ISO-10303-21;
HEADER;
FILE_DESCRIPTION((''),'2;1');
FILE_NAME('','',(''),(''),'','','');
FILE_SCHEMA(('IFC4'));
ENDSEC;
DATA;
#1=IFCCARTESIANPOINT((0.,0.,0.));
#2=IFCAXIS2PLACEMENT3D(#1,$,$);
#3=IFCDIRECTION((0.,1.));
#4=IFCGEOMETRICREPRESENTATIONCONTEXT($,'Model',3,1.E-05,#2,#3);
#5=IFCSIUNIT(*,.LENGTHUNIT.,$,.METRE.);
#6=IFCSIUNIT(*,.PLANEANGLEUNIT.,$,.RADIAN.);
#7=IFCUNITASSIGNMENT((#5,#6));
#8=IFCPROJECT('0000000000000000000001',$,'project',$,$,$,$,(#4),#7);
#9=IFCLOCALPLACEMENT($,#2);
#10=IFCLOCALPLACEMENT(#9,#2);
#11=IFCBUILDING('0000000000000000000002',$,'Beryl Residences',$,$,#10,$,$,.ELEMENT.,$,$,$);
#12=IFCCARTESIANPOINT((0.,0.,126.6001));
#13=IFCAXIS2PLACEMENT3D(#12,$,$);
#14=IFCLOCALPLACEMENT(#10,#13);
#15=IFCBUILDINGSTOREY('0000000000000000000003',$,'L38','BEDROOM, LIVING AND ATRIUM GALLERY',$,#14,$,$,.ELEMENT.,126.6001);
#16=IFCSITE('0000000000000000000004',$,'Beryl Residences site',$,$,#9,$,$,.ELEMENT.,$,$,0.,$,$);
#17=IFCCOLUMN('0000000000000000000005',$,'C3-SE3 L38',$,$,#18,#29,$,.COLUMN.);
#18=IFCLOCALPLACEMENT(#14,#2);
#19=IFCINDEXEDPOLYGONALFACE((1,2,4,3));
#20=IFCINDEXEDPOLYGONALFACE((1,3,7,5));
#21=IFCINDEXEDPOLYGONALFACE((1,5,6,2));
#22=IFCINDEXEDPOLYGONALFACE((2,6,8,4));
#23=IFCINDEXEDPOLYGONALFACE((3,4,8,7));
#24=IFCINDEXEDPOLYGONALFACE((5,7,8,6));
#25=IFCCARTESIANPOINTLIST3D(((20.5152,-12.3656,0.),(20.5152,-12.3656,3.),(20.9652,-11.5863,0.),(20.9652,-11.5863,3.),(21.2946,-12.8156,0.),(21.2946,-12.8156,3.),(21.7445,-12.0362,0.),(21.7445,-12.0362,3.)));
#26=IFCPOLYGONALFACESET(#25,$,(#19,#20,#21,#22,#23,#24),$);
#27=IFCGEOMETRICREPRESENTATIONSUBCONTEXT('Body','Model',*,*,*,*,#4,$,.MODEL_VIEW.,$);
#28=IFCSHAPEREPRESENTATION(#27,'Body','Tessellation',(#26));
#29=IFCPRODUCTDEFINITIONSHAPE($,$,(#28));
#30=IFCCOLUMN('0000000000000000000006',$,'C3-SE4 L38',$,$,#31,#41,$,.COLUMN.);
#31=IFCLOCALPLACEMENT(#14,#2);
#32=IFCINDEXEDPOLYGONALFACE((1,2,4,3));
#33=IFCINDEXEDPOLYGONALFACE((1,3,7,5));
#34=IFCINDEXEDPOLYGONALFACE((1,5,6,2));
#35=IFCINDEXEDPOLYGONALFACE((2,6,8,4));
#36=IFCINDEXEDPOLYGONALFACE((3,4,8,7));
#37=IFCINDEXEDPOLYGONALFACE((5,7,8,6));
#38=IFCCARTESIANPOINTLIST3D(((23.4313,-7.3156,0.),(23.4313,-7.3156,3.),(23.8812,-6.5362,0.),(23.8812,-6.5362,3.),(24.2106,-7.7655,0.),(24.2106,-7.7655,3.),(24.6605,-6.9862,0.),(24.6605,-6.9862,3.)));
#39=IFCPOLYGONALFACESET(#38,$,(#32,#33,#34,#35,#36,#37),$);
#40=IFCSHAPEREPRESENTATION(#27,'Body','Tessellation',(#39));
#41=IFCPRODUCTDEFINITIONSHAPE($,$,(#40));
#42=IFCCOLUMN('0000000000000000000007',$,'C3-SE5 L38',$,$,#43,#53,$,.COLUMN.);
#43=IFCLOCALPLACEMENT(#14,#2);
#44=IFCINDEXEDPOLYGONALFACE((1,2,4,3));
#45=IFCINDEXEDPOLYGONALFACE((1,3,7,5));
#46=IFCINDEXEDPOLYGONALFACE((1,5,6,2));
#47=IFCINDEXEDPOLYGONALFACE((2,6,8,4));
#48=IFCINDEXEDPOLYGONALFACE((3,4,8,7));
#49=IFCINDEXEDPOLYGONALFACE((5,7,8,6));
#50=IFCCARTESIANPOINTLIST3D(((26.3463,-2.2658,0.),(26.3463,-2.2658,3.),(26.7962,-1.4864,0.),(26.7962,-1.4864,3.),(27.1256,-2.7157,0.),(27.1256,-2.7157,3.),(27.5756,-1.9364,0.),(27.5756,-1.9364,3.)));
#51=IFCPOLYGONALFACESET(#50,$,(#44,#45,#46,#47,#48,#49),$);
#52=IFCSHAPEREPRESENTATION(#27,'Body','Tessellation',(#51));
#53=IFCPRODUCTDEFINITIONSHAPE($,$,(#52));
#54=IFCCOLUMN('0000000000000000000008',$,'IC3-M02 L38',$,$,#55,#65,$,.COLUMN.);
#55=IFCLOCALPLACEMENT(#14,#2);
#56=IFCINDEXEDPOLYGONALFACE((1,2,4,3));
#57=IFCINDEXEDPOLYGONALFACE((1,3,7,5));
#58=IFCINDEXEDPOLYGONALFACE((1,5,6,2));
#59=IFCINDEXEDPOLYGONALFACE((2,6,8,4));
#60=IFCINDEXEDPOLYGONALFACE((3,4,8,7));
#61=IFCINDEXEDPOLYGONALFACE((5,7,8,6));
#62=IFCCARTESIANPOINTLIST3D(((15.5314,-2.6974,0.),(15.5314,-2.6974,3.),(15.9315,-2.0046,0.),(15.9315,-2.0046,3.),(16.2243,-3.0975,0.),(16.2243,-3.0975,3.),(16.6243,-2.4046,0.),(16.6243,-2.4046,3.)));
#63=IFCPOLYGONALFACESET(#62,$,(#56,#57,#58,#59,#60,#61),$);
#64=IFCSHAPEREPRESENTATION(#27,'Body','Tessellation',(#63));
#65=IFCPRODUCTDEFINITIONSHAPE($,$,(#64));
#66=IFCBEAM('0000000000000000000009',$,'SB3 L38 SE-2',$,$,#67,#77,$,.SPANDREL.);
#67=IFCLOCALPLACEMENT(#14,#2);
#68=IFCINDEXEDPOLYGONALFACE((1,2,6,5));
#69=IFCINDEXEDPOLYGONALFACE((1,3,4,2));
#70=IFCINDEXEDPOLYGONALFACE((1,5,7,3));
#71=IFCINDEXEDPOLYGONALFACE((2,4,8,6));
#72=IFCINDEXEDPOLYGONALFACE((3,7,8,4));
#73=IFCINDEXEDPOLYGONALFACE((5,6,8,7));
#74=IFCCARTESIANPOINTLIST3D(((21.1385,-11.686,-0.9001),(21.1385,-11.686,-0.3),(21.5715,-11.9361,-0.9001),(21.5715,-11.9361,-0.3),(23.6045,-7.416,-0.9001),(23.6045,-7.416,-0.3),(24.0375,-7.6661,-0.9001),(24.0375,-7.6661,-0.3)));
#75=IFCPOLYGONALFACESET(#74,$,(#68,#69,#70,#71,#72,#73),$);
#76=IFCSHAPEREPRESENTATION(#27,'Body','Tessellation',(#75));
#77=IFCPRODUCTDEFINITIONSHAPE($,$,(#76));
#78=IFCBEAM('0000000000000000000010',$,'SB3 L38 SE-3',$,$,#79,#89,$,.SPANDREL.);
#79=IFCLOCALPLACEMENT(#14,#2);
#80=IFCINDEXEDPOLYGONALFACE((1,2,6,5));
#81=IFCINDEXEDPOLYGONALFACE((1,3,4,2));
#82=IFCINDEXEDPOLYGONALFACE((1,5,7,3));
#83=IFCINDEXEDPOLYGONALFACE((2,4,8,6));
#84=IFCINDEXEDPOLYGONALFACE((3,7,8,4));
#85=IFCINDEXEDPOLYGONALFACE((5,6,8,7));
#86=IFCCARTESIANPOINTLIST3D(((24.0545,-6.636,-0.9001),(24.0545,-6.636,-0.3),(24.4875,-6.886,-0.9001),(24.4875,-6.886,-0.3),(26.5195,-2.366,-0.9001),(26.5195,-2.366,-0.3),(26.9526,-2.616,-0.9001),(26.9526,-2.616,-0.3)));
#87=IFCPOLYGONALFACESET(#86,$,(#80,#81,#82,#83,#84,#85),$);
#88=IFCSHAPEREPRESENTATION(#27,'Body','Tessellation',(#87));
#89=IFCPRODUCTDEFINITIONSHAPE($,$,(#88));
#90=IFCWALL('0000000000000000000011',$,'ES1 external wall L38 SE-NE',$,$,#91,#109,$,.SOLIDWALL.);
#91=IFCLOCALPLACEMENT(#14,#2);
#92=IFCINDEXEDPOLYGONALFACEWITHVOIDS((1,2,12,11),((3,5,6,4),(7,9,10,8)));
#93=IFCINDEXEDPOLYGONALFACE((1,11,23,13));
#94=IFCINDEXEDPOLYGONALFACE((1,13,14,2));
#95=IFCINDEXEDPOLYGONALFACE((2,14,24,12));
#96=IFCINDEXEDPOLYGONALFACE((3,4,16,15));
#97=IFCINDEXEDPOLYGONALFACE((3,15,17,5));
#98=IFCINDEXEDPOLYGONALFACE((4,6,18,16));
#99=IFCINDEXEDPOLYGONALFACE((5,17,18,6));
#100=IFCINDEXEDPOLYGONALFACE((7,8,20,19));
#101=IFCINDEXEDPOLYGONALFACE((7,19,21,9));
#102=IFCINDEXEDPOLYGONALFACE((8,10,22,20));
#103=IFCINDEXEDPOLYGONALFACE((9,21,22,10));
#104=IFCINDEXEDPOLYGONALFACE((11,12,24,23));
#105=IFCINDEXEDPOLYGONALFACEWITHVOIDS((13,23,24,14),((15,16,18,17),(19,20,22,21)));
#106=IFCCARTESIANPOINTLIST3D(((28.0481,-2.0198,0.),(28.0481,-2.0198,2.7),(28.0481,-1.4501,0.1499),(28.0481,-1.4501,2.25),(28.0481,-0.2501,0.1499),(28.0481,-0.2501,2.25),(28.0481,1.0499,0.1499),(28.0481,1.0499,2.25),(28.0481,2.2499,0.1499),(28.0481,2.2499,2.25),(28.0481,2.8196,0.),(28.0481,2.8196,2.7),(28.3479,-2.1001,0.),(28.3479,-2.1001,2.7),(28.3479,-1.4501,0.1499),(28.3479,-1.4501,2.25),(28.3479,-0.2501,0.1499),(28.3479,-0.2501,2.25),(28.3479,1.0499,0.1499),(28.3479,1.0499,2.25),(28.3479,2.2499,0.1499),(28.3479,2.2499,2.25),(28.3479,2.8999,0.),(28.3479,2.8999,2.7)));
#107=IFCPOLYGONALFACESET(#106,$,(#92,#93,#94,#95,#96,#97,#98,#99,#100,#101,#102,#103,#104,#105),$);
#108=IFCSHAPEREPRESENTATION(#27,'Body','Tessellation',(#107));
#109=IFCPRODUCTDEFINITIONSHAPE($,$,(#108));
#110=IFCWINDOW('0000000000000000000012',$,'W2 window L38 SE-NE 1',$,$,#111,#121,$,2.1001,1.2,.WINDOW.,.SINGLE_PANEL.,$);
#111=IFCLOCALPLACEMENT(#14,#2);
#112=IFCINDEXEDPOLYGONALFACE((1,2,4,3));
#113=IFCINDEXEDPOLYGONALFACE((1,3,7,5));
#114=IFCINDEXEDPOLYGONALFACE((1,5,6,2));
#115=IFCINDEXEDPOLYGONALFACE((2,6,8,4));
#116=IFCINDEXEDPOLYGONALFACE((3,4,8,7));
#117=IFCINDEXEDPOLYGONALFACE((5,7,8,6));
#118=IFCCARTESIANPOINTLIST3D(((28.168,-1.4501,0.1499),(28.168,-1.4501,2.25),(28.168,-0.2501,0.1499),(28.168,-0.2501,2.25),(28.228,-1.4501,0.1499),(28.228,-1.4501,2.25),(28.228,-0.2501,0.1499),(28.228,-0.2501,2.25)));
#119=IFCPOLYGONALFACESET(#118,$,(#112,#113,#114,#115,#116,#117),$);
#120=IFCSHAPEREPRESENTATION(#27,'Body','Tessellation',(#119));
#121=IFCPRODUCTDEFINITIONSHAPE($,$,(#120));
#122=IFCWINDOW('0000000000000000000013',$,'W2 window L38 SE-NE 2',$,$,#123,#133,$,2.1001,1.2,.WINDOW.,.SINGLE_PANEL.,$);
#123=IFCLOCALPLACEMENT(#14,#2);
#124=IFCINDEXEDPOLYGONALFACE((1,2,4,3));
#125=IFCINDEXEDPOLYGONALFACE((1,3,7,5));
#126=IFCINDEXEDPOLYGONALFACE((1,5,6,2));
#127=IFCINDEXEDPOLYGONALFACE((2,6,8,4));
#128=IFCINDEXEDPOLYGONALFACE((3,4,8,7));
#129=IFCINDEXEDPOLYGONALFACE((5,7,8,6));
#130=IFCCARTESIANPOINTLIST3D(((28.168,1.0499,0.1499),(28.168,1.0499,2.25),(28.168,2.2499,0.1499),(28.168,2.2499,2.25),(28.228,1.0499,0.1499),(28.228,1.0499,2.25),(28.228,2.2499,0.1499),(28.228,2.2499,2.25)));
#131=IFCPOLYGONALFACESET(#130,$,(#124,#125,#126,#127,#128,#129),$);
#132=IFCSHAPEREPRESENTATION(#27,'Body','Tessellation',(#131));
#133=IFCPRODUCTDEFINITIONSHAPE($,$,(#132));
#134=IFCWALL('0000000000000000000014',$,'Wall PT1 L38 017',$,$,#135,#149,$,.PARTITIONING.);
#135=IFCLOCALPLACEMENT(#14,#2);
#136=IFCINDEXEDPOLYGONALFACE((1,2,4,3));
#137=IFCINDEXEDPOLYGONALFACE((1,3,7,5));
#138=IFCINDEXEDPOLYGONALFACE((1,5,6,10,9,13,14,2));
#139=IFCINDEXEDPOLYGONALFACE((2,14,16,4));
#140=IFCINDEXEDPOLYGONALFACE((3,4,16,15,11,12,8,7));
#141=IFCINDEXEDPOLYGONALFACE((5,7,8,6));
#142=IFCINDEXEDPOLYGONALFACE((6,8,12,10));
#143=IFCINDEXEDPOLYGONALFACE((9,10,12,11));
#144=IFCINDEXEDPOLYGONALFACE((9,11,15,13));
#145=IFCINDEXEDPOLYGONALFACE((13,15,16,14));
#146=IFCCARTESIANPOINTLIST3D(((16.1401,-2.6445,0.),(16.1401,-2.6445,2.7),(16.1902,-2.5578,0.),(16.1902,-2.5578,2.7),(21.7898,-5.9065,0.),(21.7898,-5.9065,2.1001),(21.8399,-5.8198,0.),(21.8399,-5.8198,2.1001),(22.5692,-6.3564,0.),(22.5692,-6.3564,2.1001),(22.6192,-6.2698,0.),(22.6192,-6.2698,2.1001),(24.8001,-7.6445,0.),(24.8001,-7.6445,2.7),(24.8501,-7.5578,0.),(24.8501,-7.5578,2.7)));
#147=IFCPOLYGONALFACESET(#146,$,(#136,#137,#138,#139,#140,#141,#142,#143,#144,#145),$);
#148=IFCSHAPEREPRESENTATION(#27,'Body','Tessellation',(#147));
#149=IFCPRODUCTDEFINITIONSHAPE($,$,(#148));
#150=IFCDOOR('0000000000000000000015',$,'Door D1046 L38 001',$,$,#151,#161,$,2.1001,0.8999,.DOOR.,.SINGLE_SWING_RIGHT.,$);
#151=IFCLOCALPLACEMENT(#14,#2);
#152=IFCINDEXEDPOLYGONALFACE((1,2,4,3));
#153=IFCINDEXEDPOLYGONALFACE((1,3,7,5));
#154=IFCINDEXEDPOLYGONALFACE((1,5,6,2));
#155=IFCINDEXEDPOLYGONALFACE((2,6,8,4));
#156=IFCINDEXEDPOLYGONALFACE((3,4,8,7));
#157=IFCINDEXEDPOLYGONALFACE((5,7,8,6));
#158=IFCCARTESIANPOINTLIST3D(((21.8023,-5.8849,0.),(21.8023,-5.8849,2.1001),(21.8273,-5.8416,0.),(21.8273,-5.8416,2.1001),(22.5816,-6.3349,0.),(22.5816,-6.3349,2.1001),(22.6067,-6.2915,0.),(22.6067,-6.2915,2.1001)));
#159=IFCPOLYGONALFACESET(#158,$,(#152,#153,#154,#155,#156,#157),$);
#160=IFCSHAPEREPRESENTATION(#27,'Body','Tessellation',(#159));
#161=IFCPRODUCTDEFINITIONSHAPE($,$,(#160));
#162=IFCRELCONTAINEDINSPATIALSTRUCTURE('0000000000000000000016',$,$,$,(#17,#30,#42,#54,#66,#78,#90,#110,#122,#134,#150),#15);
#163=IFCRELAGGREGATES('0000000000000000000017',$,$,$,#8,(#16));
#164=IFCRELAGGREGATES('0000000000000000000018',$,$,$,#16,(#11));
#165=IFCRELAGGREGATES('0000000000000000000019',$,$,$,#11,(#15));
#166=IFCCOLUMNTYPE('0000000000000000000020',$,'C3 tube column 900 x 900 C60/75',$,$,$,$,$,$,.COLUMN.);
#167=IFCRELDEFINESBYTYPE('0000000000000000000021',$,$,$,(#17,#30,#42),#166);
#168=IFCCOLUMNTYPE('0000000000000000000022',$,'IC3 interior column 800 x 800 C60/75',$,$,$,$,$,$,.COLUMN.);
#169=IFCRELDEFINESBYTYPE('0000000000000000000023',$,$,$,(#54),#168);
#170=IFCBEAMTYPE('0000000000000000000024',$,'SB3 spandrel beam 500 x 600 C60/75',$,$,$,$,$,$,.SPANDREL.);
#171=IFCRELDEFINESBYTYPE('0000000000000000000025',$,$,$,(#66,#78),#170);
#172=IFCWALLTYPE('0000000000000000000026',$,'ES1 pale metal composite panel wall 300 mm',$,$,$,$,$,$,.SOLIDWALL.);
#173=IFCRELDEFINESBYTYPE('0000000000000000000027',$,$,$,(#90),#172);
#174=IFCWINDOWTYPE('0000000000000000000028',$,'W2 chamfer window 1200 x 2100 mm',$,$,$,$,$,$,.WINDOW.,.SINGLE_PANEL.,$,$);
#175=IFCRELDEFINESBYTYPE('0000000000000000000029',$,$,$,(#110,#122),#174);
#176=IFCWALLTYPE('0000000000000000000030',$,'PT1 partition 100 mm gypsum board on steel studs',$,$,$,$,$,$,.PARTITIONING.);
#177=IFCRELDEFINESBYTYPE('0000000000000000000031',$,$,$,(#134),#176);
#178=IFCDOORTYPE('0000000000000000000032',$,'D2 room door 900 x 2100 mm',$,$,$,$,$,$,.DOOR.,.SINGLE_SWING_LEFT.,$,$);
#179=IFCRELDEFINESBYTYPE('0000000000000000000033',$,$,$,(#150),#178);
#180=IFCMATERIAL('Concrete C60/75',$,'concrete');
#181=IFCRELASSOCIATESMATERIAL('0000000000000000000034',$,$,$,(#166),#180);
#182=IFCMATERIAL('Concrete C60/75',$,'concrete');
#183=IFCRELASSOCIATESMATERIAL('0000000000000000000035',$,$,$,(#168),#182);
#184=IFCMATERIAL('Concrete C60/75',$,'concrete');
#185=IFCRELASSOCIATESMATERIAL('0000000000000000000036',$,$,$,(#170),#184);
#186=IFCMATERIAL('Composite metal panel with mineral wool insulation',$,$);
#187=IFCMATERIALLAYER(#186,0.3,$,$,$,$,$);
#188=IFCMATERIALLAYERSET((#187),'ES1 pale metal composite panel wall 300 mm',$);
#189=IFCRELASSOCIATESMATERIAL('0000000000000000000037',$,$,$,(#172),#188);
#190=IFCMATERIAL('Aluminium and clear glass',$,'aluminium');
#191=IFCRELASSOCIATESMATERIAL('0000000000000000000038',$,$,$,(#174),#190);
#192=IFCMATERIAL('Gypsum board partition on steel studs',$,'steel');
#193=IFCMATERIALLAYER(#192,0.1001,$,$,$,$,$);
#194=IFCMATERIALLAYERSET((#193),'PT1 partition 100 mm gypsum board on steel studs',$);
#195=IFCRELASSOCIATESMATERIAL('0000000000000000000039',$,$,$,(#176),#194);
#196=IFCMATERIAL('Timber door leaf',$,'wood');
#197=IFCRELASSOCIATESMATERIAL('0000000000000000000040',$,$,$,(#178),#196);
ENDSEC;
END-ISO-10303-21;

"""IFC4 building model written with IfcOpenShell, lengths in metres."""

from ifc_helpers import new_model, si_unit, direction, frame, frame_2d, origin, origin_2d, place, context, subcontext, project, spatial, polyline, rectangle, outline, extrude, material, layer, layer_set, material_profile, profile_set, type_object, element, fill, save


model = new_model("IFC4")

# Units and contexts
model_context = context("Model", 3, precision=1e-05, world=origin(), true_north=direction((0.0, 1.0)))
body_context = subcontext(model_context, "Body", "Model", "MODEL_VIEW")
ifc_project = project(units=[si_unit("LENGTHUNIT", "METRE"), si_unit("PLANEANGLEUNIT", "RADIAN")], contexts=[model_context])

# Site, building, storey
site_placement = place(None, origin())
site = spatial("IfcSite", under=ifc_project, at=site_placement, Name="Beryl Residences site", CompositionType="ELEMENT", RefElevation=0.0)
building_placement = place(site_placement, origin())
building = spatial("IfcBuilding", under=site, at=building_placement, Name="Beryl Residences", CompositionType="ELEMENT")
storey_placement = place(building_placement, frame((0.0, 0.0, 126.6001)))
storey = spatial("IfcBuildingStorey", under=building, at=storey_placement, Name="L38", Description="BEDROOM, LIVING AND ATRIUM GALLERY", CompositionType="ELEMENT", Elevation=126.6001)

# Columns
ifc_material_1 = material(Name="Concrete C60/75", Category="concrete")
ifc_material_profile_1 = material_profile(ifc_material_1, rectangle(XDim=0.8999, YDim=0.8999, at=origin_2d()))
ifc_profile_set_1 = profile_set([ifc_material_profile_1], Name="Concrete C60/75")
column_type_1 = type_object("IfcColumnType", Name="C3 tube column 900 x 900 C60/75", PredefinedType="COLUMN", material=ifc_profile_set_1)
for number, where, z_axis, x_axis, name in (
    (1, (21.1299, -12.2009, 0.0), (0.0, 0.0, 1.0), (0.5, 0.866025, 0.0), "C3-SE3 L38"),
    (2, (24.0459, -7.1509, 0.0), (0.0, 0.0, 1.0), (0.5, 0.866025, 0.0), "C3-SE4 L38"),
    (3, (26.9609, -2.1011, 0.0), (0.0, 0.0, 1.0), (0.5, 0.866025, 0.0), "C3-SE5 L38"),
):
    element("IfcColumn", number, at=place(storey_placement, frame(where, z_axis=z_axis, x_axis=x_axis)), inside=storey, type_object=column_type_1, Name=name, PredefinedType="COLUMN", context=body_context, shape_type="SweptSolid", body=[
        extrude(rectangle(XDim=0.8999, YDim=0.8999, at=origin_2d()), origin(), (0.0, 0.0, 1.0), 3.0),
    ])
ifc_material_2 = material(Name="Concrete C60/75", Category="concrete")
ifc_material_profile_2 = material_profile(ifc_material_2, rectangle(XDim=0.8, YDim=0.8, at=origin_2d()))
ifc_profile_set_2 = profile_set([ifc_material_profile_2], Name="Concrete C60/75")
column_type_2 = type_object("IfcColumnType", Name="IC3 interior column 800 x 800 C60/75", PredefinedType="COLUMN", material=ifc_profile_set_2)
column_placement = place(storey_placement, frame((16.0779, -2.551, 0.0), z_axis=(0.0, 0.0, 1.0), x_axis=(0.5, 0.866025, 0.0)))
element("IfcColumn", 4, at=column_placement, inside=storey, type_object=column_type_2, Name="IC3-M02 L38", PredefinedType="COLUMN", context=body_context, shape_type="SweptSolid", body=[
    extrude(rectangle(XDim=0.8, YDim=0.8, at=origin_2d()), origin(), (0.0, 0.0, 1.0), 3.0),
])

# Beams
ifc_material_3 = material(Name="Concrete C60/75", Category="concrete")
ifc_material_profile_3 = material_profile(ifc_material_3, rectangle(XDim=0.5, YDim=0.6001, at=origin_2d()))
ifc_profile_set_3 = profile_set([ifc_material_profile_3], Name="Concrete C60/75")
beam_type = type_object("IfcBeamType", Name="SB3 spandrel beam 500 x 600 C60/75", PredefinedType="SPANDREL", material=ifc_profile_set_3)
beam_1_placement = place(storey_placement, frame((21.355, -11.811, -0.6001), z_axis=(0.500117, 0.865958, 0.0), x_axis=(-0.865958, 0.500117, 0.0)))
element("IfcBeam", 5, at=beam_1_placement, inside=storey, type_object=beam_type, Name="SB3 L38 SE-2", PredefinedType="SPANDREL", context=body_context, shape_type="SweptSolid", body=[
    extrude(rectangle(XDim=0.5, YDim=0.6001, at=origin_2d()), origin(), (0.0, 0.0, 1.0), 4.9309),
])
beam_2_placement = place(storey_placement, frame((24.271, -6.761, -0.6001), z_axis=(0.499968, 0.866044, 0.0), x_axis=(-0.866044, 0.499968, 0.0)))
element("IfcBeam", 6, at=beam_2_placement, inside=storey, type_object=beam_type, Name="SB3 L38 SE-3", PredefinedType="SPANDREL", context=body_context, shape_type="SweptSolid", body=[
    extrude(rectangle(XDim=0.5, YDim=0.6001, at=origin_2d()), origin(), (0.0, 0.0, 1.0), 4.9304),
])

# Wall, openings, windows
ifc_material_4 = material(Name="Composite metal panel with mineral wool insulation")
ifc_layer_1 = layer(ifc_material_4, 0.3)
ifc_layer_set_1 = layer_set([ifc_layer_1], Name="ES1 pale metal composite panel wall 300 mm")
wall_type_1 = type_object("IfcWallType", Name="ES1 pale metal composite panel wall 300 mm", PredefinedType="SOLIDWALL", material=ifc_layer_set_1)
wall_1_placement = place(storey_placement, frame((28.198, -2.1001, 0.0), z_axis=(0.0, 0.0, 1.0), x_axis=(0.0, 1.0, 0.0)))
wall_1 = element("IfcWall", 7, at=wall_1_placement, inside=storey, type_object=wall_type_1, Name="ES1 external wall L38 SE-NE", PredefinedType="SOLIDWALL", context=body_context, shape_type="SweptSolid", body=[
    extrude(outline(polyline([(0.0, -0.1499), (5.0, -0.1499), (4.9197, 0.1499), (0.0803, 0.1499), (0.0, -0.1499)])), origin(), (0.0, 0.0, 1.0), 2.7),
])
opening_1_placement = place(wall_1_placement, frame((0.6499, 0.0, 0.1499)))
opening_1 = element("IfcOpeningElement", 8, at=opening_1_placement, cuts=wall_1, PredefinedType="OPENING", context=body_context, shape_type="SweptSolid", body=[
    extrude(rectangle(XDim=1.2, YDim=2.1001, at=frame_2d((0.6001, 1.05))), frame((0.0, 0.1599, 0.0), z_axis=(0.0, -1.0, 0.0), x_axis=(1.0, 0.0, 0.0)), (0.0, 0.0, 1.0), 0.3201),
])
opening_2_placement = place(wall_1_placement, frame((3.1499, 0.0, 0.1499)))
opening_2 = element("IfcOpeningElement", 9, at=opening_2_placement, cuts=wall_1, PredefinedType="OPENING", context=body_context, shape_type="SweptSolid", body=[
    extrude(rectangle(XDim=1.2, YDim=2.1001, at=frame_2d((0.6001, 1.05))), frame((0.0, 0.1599, 0.0), z_axis=(0.0, -1.0, 0.0), x_axis=(1.0, 0.0, 0.0)), (0.0, 0.0, 1.0), 0.3201),
])
ifc_material_5 = material(Name="Aluminium and clear glass", Category="aluminium")
window_type = type_object("IfcWindowType", Name="W2 chamfer window 1200 x 2100 mm", PartitioningType="SINGLE_PANEL", PredefinedType="WINDOW", material=ifc_material_5)
window_1_placement = place(opening_1_placement, origin())
window_1 = element("IfcWindow", 10, at=window_1_placement, inside=storey, type_object=window_type, Name="W2 window L38 SE-NE 1", OverallHeight=2.1001, OverallWidth=1.2, PartitioningType="SINGLE_PANEL", PredefinedType="WINDOW", context=body_context, shape_type="SweptSolid", body=[
    extrude(rectangle(XDim=1.2, YDim=2.1001, at=frame_2d((0.6001, 1.05))), frame((0.0, 0.03, 0.0), z_axis=(0.0, -1.0, 0.0), x_axis=(1.0, 0.0, 0.0)), (0.0, 0.0, 1.0), 0.0601),
])
fill(opening_1, window_1)
window_2_placement = place(opening_2_placement, origin())
window_2 = element("IfcWindow", 11, at=window_2_placement, inside=storey, type_object=window_type, Name="W2 window L38 SE-NE 2", OverallHeight=2.1001, OverallWidth=1.2, PartitioningType="SINGLE_PANEL", PredefinedType="WINDOW", context=body_context, shape_type="SweptSolid", body=[
    extrude(rectangle(XDim=1.2, YDim=2.1001, at=frame_2d((0.6001, 1.05))), frame((0.0, 0.03, 0.0), z_axis=(0.0, -1.0, 0.0), x_axis=(1.0, 0.0, 0.0)), (0.0, 0.0, 1.0), 0.0601),
])
fill(opening_2, window_2)

# Wall, opening, door
ifc_material_6 = material(Name="Gypsum board partition on steel studs", Category="steel")
ifc_layer_2 = layer(ifc_material_6, 0.1001)
ifc_layer_set_2 = layer_set([ifc_layer_2], Name="PT1 partition 100 mm gypsum board on steel studs")
wall_type_2 = type_object("IfcWallType", Name="PT1 partition 100 mm gypsum board on steel studs", PredefinedType="PARTITIONING", material=ifc_layer_set_2)
wall_2_placement = place(storey_placement, frame((16.165, -2.6011, 0.0), z_axis=(0.0, 0.0, 1.0), x_axis=(0.866017, -0.500015, 0.0)))
wall_2 = element("IfcWall", 12, at=wall_2_placement, inside=storey, type_object=wall_type_2, Name="Wall PT1 L38 017", PredefinedType="PARTITIONING", context=body_context, shape_type="SweptSolid", body=[
    extrude(rectangle(XDim=9.9998, YDim=0.1001, at=frame_2d((5.0, 0.0))), origin(), (0.0, 0.0, 1.0), 2.7),
])
opening_3_placement = place(wall_2_placement, frame((6.5239, 0.0, 0.0)))
opening_3 = element("IfcOpeningElement", 13, at=opening_3_placement, cuts=wall_2, PredefinedType="OPENING", context=body_context, shape_type="SweptSolid", body=[
    extrude(rectangle(XDim=0.8999, YDim=2.1001, at=frame_2d((0.45, 1.05))), frame((0.0, 0.0601, 0.0), z_axis=(0.0, -1.0, 0.0), x_axis=(1.0, 0.0, 0.0)), (0.0, 0.0, 1.0), 0.1201),
])
ifc_material_7 = material(Name="Timber door leaf", Category="wood")
door_type_1 = type_object("IfcDoorType", Name="D2 room door 900 x 2100 mm", OperationType="SINGLE_SWING_LEFT", PredefinedType="DOOR", material=ifc_material_7)
door_1_placement = place(opening_3_placement, origin())
door_1 = element("IfcDoor", 14, at=door_1_placement, inside=storey, type_object=door_type_1, Name="Door D1046 L38 001", OperationType="SINGLE_SWING_RIGHT", OverallHeight=2.1001, OverallWidth=0.8999, PredefinedType="DOOR", context=body_context, shape_type="SweptSolid", body=[
    extrude(rectangle(XDim=0.8999, YDim=2.1001, at=frame_2d((0.45, 1.05))), frame((0.0, 0.0249, 0.0), z_axis=(0.0, -1.0, 0.0), x_axis=(1.0, 0.0, 0.0)), (0.0, 0.0, 1.0), 0.05),
])
fill(opening_3, door_1)

save(model, "model.ifc")
